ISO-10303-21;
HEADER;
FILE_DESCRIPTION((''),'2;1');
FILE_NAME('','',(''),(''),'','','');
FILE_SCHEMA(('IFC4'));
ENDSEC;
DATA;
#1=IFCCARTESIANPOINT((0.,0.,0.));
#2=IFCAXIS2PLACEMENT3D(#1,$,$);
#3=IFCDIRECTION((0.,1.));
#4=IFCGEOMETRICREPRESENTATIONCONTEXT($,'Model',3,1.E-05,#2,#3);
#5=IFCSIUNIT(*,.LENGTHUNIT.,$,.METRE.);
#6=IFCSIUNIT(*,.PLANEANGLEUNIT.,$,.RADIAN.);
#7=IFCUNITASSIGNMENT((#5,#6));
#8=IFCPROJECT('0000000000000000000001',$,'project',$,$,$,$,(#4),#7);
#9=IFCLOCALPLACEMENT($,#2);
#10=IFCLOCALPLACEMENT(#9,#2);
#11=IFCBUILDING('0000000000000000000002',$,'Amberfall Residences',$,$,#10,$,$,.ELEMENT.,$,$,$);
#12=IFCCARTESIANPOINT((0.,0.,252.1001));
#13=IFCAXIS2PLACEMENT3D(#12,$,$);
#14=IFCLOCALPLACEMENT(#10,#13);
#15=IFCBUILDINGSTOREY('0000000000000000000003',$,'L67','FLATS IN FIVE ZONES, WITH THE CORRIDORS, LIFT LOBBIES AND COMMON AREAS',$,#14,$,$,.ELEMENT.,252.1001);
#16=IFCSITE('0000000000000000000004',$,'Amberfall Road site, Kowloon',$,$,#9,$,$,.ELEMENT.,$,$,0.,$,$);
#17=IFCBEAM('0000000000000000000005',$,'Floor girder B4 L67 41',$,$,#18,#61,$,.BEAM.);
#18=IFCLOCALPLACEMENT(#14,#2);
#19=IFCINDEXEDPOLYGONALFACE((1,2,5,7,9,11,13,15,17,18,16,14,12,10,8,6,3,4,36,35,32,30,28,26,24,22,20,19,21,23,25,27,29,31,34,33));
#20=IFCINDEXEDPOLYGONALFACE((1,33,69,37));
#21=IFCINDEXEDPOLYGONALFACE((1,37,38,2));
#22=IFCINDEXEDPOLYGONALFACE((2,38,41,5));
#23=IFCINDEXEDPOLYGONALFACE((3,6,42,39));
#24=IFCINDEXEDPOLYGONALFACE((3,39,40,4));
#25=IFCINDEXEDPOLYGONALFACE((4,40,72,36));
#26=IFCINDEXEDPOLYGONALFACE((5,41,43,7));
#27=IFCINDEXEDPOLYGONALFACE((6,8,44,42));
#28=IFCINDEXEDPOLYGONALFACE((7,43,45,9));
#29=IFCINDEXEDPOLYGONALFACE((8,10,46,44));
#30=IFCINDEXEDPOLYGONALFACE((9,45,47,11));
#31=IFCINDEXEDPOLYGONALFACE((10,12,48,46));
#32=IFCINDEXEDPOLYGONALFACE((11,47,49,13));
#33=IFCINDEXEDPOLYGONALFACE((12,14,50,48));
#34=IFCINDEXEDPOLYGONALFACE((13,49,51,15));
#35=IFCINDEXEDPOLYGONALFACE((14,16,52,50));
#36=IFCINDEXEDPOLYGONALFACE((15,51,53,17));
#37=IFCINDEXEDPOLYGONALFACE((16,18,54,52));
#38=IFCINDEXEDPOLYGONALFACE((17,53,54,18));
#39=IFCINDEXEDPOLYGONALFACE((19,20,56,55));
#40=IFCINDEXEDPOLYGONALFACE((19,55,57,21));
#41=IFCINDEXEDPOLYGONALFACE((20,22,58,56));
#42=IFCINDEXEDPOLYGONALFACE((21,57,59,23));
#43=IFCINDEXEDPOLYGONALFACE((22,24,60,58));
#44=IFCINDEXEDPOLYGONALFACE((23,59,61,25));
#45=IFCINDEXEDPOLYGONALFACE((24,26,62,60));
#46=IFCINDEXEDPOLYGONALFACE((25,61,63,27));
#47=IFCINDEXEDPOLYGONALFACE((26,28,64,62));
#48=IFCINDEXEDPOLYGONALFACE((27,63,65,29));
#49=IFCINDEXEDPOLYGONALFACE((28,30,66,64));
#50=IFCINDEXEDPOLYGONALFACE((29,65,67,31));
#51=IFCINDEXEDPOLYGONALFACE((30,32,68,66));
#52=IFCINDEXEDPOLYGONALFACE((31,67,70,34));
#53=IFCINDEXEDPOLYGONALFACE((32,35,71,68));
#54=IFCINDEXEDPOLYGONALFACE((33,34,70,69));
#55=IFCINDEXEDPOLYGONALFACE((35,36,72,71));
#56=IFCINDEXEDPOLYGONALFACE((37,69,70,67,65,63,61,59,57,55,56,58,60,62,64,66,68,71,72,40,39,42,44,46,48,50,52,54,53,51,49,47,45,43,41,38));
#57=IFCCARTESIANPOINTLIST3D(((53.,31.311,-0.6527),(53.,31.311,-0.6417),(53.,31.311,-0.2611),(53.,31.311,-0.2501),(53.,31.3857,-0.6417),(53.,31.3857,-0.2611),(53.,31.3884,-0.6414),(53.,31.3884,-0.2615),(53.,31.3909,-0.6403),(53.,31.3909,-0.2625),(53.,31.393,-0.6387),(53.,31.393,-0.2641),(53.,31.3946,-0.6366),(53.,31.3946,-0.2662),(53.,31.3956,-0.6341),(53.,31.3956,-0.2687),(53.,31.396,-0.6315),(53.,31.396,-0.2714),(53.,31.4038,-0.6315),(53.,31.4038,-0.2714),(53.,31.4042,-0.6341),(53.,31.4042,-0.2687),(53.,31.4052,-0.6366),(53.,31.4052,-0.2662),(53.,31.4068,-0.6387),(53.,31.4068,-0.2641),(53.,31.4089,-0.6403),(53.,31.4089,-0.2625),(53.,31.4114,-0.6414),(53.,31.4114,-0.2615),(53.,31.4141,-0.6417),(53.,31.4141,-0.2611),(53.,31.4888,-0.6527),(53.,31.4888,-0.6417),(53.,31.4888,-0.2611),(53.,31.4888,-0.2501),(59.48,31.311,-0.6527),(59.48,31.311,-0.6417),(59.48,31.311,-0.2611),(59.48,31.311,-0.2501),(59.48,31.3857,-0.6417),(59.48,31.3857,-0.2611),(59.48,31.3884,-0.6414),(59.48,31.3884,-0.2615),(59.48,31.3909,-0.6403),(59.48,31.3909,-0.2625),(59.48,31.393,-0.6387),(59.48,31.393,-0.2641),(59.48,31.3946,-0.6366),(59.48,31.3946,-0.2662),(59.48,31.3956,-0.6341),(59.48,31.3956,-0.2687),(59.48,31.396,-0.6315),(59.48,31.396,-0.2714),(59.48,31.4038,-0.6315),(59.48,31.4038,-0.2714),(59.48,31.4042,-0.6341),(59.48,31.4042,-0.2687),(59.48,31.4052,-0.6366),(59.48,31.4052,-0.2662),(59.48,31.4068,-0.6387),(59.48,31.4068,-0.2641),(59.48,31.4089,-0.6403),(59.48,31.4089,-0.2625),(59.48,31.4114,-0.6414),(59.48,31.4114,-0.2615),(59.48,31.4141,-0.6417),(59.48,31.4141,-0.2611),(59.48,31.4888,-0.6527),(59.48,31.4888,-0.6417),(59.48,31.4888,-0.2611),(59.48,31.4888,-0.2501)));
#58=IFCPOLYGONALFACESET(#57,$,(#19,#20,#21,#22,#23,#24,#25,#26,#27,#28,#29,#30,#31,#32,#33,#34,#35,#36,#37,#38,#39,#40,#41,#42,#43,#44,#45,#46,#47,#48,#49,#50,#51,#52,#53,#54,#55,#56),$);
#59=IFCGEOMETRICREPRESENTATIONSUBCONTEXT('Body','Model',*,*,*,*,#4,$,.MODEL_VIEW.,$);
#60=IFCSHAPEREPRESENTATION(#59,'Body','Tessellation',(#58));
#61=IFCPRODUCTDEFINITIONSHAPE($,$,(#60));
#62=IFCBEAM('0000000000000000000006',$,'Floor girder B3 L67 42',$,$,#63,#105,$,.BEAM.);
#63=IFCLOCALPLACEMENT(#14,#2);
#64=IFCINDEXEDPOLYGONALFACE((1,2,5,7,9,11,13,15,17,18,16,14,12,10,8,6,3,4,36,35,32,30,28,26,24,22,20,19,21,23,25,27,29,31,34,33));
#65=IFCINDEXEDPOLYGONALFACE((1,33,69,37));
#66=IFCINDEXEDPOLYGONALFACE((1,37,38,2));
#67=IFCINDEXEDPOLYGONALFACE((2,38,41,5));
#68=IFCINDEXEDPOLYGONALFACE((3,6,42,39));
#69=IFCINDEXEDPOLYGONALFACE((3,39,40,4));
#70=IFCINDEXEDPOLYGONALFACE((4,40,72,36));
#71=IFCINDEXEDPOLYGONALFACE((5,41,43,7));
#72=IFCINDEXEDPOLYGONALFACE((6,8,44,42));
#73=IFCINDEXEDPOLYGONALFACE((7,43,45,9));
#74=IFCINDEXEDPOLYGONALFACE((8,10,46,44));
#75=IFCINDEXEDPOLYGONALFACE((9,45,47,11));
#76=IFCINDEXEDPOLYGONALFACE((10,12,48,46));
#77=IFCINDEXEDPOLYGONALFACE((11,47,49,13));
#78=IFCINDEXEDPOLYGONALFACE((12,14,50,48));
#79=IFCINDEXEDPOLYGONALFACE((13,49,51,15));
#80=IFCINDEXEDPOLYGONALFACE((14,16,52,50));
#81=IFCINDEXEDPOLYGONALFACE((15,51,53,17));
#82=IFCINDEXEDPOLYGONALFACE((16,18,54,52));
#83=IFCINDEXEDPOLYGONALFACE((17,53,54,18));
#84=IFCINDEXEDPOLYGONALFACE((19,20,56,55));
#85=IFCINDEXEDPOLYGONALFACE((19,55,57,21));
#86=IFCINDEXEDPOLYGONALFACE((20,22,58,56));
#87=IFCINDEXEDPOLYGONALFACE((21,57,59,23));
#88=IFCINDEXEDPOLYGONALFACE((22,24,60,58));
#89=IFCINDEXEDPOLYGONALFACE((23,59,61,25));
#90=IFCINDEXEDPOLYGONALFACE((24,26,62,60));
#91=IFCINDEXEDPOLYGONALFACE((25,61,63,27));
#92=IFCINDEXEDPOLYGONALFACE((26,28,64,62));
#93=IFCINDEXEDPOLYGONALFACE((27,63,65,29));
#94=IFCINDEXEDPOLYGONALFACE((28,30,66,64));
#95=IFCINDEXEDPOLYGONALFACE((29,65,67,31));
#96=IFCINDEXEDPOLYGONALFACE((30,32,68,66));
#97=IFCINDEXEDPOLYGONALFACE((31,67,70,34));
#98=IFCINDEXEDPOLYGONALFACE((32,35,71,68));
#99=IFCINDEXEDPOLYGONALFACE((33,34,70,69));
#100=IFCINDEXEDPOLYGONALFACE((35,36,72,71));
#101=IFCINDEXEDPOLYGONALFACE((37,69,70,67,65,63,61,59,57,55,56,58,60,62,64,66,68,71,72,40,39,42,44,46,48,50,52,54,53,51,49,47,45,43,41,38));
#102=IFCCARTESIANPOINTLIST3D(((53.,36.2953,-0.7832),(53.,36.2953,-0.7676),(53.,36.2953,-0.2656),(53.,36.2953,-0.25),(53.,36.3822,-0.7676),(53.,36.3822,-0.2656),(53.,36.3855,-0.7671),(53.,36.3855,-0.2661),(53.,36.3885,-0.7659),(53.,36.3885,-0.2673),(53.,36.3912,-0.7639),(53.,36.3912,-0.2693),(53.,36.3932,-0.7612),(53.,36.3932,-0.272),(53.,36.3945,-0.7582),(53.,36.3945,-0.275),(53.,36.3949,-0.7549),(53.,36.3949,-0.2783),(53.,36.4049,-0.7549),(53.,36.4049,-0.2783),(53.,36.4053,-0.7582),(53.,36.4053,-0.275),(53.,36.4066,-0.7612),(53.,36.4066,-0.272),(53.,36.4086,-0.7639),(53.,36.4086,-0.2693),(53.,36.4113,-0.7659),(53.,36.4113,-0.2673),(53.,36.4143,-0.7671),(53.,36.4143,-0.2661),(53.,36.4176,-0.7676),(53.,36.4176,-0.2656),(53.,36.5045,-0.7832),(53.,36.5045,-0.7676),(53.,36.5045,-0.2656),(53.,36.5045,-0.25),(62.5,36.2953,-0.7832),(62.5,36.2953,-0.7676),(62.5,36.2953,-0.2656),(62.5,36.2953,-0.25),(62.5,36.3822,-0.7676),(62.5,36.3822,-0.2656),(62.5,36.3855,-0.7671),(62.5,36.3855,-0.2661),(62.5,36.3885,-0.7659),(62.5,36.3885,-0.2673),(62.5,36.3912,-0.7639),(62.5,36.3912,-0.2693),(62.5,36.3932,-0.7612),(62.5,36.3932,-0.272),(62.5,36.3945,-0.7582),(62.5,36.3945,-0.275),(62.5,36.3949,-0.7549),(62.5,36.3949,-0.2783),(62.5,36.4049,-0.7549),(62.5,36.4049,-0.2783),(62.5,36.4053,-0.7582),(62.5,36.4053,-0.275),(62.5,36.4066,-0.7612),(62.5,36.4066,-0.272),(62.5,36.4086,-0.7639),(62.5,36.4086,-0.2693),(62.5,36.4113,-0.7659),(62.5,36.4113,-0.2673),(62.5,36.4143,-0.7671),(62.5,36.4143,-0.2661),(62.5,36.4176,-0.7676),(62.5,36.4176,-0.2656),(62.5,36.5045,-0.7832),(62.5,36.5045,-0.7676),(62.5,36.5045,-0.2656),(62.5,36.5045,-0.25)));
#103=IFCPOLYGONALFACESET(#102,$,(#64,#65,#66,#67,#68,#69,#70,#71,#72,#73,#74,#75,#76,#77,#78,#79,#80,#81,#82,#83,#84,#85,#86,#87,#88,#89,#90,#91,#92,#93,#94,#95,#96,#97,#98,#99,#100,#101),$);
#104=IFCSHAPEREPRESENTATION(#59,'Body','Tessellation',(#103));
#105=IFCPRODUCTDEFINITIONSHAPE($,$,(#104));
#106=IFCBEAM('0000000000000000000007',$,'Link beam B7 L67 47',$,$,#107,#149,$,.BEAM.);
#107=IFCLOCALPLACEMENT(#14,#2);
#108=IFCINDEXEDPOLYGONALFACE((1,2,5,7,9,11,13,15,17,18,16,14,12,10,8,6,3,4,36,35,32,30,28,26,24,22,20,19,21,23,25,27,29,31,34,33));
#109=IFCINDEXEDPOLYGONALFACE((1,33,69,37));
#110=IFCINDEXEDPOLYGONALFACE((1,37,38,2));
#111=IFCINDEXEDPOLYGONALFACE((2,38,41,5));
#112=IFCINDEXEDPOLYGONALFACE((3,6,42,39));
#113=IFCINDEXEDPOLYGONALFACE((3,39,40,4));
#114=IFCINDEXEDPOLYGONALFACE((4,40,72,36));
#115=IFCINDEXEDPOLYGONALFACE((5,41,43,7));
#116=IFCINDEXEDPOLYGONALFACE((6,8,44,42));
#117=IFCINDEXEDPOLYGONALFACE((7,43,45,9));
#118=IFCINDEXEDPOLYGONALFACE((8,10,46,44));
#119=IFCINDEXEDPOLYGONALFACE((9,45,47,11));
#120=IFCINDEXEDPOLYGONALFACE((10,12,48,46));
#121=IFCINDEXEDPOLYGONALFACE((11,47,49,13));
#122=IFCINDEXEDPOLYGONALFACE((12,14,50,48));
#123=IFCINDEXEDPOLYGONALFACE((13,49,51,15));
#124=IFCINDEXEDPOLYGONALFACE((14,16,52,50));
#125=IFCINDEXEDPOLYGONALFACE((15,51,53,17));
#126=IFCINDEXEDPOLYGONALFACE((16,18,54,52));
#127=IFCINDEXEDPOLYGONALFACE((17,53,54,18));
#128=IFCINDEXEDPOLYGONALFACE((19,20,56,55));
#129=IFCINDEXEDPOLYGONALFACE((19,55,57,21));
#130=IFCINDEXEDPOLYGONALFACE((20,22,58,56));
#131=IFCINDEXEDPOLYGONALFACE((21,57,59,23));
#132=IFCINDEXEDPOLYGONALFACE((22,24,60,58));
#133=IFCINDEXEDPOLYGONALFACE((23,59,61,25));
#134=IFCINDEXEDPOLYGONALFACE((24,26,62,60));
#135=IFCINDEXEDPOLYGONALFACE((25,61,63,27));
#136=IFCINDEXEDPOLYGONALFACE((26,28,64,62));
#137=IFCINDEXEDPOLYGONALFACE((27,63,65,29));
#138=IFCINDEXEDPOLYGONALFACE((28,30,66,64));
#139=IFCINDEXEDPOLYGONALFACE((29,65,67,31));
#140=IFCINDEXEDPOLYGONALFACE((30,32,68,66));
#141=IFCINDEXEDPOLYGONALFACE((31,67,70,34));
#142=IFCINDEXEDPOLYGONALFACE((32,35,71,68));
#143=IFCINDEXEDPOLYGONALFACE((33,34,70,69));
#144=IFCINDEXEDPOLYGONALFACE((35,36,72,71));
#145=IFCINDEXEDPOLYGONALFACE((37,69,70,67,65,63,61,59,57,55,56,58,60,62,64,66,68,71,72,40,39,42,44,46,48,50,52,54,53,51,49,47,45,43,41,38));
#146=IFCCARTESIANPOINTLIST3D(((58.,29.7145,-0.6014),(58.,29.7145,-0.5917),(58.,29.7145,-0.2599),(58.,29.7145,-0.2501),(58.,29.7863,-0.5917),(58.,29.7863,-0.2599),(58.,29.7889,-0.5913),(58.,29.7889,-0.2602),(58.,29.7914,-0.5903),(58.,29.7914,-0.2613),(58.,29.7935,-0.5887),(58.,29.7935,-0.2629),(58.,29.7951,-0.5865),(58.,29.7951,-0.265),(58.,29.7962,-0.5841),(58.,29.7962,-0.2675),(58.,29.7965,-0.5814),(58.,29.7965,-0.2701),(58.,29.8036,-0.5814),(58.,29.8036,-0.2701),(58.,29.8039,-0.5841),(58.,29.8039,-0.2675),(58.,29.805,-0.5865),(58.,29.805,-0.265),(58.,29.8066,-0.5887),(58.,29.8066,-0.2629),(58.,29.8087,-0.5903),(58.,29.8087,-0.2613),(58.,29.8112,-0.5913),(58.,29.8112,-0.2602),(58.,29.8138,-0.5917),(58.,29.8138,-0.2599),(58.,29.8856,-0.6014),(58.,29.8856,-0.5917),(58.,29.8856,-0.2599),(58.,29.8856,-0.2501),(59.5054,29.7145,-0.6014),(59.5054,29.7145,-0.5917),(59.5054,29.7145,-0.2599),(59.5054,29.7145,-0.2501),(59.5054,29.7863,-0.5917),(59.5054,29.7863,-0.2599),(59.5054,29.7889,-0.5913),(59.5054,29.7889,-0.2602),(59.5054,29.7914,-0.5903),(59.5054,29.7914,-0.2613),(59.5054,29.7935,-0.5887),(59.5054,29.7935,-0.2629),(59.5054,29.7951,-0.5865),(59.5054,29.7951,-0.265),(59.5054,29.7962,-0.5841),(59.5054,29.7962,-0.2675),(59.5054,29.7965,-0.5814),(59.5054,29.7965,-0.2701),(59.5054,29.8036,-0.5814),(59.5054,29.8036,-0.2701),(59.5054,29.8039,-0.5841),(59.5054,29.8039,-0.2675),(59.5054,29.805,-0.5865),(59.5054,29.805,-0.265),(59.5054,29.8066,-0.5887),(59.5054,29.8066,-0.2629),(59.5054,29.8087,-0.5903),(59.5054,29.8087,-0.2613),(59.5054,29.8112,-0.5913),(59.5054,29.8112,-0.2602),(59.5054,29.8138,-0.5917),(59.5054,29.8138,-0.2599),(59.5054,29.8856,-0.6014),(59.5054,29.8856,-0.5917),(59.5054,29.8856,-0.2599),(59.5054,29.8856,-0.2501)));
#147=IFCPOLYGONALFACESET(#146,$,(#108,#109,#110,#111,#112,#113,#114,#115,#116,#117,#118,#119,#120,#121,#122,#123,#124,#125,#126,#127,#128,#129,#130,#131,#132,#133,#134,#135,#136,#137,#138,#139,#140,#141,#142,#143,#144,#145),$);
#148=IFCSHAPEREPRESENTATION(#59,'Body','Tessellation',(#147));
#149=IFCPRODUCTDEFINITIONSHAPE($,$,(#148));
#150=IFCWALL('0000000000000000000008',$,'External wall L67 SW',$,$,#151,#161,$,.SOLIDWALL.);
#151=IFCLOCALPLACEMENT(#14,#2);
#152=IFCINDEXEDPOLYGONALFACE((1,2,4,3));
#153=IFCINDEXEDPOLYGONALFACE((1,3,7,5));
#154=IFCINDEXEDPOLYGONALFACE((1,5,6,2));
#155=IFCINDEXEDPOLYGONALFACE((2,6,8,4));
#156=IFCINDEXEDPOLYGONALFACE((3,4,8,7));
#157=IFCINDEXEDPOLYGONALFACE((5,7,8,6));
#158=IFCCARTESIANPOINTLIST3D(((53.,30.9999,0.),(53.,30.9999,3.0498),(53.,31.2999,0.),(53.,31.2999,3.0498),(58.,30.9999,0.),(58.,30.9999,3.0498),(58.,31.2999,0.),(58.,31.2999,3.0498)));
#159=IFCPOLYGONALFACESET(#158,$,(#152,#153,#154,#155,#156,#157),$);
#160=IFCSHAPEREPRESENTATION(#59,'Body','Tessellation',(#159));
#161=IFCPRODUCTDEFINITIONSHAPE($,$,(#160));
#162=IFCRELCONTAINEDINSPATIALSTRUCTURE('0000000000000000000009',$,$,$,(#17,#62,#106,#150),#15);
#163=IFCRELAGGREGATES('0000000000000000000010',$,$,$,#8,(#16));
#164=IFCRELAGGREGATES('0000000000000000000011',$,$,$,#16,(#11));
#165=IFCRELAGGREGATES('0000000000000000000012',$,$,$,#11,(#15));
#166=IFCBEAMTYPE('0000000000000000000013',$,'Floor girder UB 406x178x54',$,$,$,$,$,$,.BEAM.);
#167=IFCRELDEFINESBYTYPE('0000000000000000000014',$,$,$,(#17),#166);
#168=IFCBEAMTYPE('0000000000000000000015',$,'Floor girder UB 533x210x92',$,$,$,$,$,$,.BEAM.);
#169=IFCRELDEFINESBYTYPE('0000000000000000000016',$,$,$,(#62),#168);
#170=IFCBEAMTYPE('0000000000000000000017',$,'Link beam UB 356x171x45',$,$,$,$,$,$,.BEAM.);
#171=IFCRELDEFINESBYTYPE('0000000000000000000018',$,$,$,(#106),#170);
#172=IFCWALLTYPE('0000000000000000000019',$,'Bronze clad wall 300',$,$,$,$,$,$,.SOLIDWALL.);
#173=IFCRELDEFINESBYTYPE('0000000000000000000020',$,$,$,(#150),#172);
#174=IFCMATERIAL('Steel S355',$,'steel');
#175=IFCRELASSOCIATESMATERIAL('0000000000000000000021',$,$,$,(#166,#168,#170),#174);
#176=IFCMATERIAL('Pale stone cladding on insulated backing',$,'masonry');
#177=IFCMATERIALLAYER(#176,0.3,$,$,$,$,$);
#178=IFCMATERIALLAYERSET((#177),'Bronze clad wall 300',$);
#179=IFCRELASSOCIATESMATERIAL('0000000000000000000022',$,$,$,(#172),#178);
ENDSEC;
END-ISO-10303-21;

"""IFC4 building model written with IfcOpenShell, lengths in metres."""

from ifc_helpers import new_model, si_unit, direction, frame, frame_2d, origin, origin_2d, place, context, subcontext, project, spatial, rectangle, i_section, extrude, material, layer, layer_set, material_profile, profile_set, type_object, element, save


model = new_model("IFC4")

# Units and contexts
model_context = context("Model", 3, precision=1e-05, world=origin(), true_north=direction((0.0, 1.0)))
body_context = subcontext(model_context, "Body", "Model", "MODEL_VIEW")
ifc_project = project(units=[si_unit("LENGTHUNIT", "METRE"), si_unit("PLANEANGLEUNIT", "RADIAN")], contexts=[model_context])

# Site, building, storey
site_placement = place(None, origin())
site = spatial("IfcSite", under=ifc_project, at=site_placement, Name="Amberfall Road site, Kowloon", CompositionType="ELEMENT", RefElevation=0.0)
building_placement = place(site_placement, origin())
building = spatial("IfcBuilding", under=site, at=building_placement, Name="Amberfall Residences", CompositionType="ELEMENT")
storey_placement = place(building_placement, frame((0.0, 0.0, 252.1001)))
storey = spatial("IfcBuildingStorey", under=building, at=storey_placement, Name="L67", Description="FLATS IN FIVE ZONES, WITH THE CORRIDORS, LIFT LOBBIES AND COMMON AREAS", CompositionType="ELEMENT", Elevation=252.1001)

# Beams
ifc_material_1 = material(Name="Steel S355", Category="steel")
ifc_material_profile_1 = material_profile(ifc_material_1, i_section(OverallWidth=0.1777, OverallDepth=0.4026, WebThickness=0.0078, FlangeThickness=0.011, FilletRadius=0.0103, at=origin_2d()), Name="UB 406x178x54")
ifc_profile_set_1 = profile_set([ifc_material_profile_1], Name="Steel S355")
beam_type_1 = type_object("IfcBeamType", Name="Floor girder UB 406x178x54", PredefinedType="BEAM", material=ifc_profile_set_1)
beam_1_placement = place(storey_placement, frame((53.0, 31.3999, -0.4514), z_axis=(1.0, 0.0, 0.0), x_axis=(0.0, 1.0, 0.0)))
element("IfcBeam", 1, at=beam_1_placement, inside=storey, type_object=beam_type_1, Name="Floor girder B4 L67 41", PredefinedType="BEAM", context=body_context, shape_type="SweptSolid", body=[
    extrude(i_section(OverallWidth=0.1777, OverallDepth=0.4026, WebThickness=0.0078, FlangeThickness=0.011, FilletRadius=0.0103, at=origin_2d()), origin(), (0.0, 0.0, 1.0), 6.48),
])
ifc_material_profile_2 = material_profile(ifc_material_1, i_section(OverallWidth=0.2092, OverallDepth=0.5332, WebThickness=0.01, FlangeThickness=0.0156, FilletRadius=0.0127, at=origin_2d()), Name="UB 533x210x92")
ifc_profile_set_2 = profile_set([ifc_material_profile_2], Name="Steel S355")
beam_type_2 = type_object("IfcBeamType", Name="Floor girder UB 533x210x92", PredefinedType="BEAM", material=ifc_profile_set_2)
beam_2_placement = place(storey_placement, frame((53.0, 36.3999, -0.5166), z_axis=(1.0, 0.0, 0.0), x_axis=(0.0, 1.0, 0.0)))
element("IfcBeam", 2, at=beam_2_placement, inside=storey, type_object=beam_type_2, Name="Floor girder B3 L67 42", PredefinedType="BEAM", context=body_context, shape_type="SweptSolid", body=[
    extrude(i_section(OverallWidth=0.2092, OverallDepth=0.5332, WebThickness=0.01, FlangeThickness=0.0156, FilletRadius=0.0127, at=origin_2d()), origin(), (0.0, 0.0, 1.0), 9.5),
])
ifc_material_profile_3 = material_profile(ifc_material_1, i_section(OverallWidth=0.1711, OverallDepth=0.3513, WebThickness=0.0071, FlangeThickness=0.0098, FilletRadius=0.0103, at=origin_2d()), Name="UB 356x171x45")
ifc_profile_set_3 = profile_set([ifc_material_profile_3], Name="Steel S355")
beam_type_3 = type_object("IfcBeamType", Name="Link beam UB 356x171x45", PredefinedType="BEAM", material=ifc_profile_set_3)
beam_3_placement = place(storey_placement, frame((58.0, 29.8, -0.4258), z_axis=(1.0, 0.0, 0.0), x_axis=(0.0, 1.0, 0.0)))
element("IfcBeam", 3, at=beam_3_placement, inside=storey, type_object=beam_type_3, Name="Link beam B7 L67 47", PredefinedType="BEAM", context=body_context, shape_type="SweptSolid", body=[
    extrude(i_section(OverallWidth=0.1711, OverallDepth=0.3513, WebThickness=0.0071, FlangeThickness=0.0098, FilletRadius=0.0103, at=origin_2d()), origin(), (0.0, 0.0, 1.0), 1.5054),
])

# Wall
ifc_material_2 = material(Name="Pale stone cladding on insulated backing", Category="masonry")
ifc_layer_1 = layer(ifc_material_2, 0.3)
ifc_layer_set_1 = layer_set([ifc_layer_1], Name="Bronze clad wall 300")
wall_type_1 = type_object("IfcWallType", Name="Bronze clad wall 300", PredefinedType="SOLIDWALL", material=ifc_layer_set_1)
wall_1_placement = place(storey_placement, frame((53.0, 31.1499, 0.0), z_axis=(0.0, 0.0, 1.0), x_axis=(1.0, 0.0, 0.0)))
element("IfcWall", 4, at=wall_1_placement, inside=storey, type_object=wall_type_1, Name="External wall L67 SW", PredefinedType="SOLIDWALL", context=body_context, shape_type="SweptSolid", body=[
    extrude(rectangle(XDim=5.0, YDim=0.3, at=frame_2d((2.5, 0.0))), origin(), (0.0, 0.0, 1.0), 3.0498),
])

save(model, "model.ifc")
